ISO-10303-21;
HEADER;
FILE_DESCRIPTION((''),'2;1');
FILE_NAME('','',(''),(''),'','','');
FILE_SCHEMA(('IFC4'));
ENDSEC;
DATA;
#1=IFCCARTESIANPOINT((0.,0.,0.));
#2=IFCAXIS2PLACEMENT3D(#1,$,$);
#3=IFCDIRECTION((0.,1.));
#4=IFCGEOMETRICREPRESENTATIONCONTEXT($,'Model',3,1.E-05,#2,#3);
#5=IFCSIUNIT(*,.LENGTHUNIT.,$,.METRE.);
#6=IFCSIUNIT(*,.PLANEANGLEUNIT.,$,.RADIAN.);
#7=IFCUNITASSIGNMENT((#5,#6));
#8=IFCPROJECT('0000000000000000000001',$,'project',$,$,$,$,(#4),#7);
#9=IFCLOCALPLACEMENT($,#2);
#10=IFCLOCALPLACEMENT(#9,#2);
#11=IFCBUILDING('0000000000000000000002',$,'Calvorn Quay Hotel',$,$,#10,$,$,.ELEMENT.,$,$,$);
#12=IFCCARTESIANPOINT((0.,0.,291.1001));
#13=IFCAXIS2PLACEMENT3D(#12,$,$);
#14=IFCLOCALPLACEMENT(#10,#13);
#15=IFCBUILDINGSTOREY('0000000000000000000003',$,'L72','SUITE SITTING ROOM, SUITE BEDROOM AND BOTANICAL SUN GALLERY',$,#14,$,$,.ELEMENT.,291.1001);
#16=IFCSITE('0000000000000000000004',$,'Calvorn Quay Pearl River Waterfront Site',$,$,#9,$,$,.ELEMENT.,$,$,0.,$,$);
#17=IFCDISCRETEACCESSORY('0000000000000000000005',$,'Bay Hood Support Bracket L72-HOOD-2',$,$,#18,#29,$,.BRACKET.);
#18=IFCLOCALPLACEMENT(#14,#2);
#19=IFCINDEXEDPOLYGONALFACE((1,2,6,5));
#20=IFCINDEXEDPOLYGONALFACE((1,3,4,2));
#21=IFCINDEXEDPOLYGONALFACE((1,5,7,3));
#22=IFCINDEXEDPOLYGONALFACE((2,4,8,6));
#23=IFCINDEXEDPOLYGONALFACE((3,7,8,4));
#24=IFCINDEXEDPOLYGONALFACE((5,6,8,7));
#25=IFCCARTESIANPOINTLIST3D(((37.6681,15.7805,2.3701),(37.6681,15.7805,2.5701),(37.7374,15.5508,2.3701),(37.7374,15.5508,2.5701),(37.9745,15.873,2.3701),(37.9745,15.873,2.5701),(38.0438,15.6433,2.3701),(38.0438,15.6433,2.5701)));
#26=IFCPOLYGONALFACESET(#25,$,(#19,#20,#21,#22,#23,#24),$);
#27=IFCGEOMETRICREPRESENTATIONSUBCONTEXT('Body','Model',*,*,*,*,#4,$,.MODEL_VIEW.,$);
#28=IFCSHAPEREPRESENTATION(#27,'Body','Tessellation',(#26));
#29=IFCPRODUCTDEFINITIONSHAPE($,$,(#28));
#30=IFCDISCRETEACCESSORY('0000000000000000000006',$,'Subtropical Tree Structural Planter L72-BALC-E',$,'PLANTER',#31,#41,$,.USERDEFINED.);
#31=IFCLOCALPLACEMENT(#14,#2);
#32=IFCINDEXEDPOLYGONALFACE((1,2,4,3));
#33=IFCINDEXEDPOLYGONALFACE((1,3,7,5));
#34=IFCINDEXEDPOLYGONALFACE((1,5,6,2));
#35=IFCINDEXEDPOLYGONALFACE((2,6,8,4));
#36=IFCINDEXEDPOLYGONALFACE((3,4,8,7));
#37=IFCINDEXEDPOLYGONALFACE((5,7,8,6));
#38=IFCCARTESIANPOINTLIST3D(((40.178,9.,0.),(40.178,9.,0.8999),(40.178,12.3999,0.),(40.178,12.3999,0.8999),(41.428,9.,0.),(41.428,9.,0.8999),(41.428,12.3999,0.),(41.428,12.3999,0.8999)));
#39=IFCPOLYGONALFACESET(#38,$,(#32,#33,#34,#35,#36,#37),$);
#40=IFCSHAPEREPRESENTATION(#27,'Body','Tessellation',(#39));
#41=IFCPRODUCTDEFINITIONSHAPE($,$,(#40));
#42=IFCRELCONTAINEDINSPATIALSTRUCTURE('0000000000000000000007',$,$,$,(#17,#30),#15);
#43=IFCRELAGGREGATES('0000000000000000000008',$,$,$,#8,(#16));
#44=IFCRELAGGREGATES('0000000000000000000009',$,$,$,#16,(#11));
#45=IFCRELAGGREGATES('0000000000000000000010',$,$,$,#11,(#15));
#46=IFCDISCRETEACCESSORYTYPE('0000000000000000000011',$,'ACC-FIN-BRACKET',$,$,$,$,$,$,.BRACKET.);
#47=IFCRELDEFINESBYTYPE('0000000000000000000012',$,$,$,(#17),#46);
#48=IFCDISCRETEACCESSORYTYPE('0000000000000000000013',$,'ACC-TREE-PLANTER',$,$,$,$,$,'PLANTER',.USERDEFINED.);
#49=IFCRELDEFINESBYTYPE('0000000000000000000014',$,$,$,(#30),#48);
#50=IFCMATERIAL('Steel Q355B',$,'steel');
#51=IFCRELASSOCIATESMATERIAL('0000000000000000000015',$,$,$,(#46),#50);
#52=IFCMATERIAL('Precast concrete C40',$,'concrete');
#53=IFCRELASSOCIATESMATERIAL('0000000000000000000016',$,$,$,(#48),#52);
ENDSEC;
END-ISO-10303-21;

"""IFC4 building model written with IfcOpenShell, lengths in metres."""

from ifc_helpers import new_model, si_unit, direction, frame, origin, origin_2d, place, context, subcontext, project, spatial, rectangle, extrude, material, type_object, element, save


model = new_model("IFC4")

# Units and contexts
model_context = context("Model", 3, precision=1e-05, world=origin(), true_north=direction((0.0, 1.0)))
body_context = subcontext(model_context, "Body", "Model", "MODEL_VIEW")
ifc_project = project(units=[si_unit("LENGTHUNIT", "METRE"), si_unit("PLANEANGLEUNIT", "RADIAN")], contexts=[model_context])

# Site, building, storey
site_placement = place(None, origin())
site = spatial("IfcSite", under=ifc_project, at=site_placement, Name="Calvorn Quay Pearl River Waterfront Site", CompositionType="ELEMENT", RefElevation=0.0)
building_placement = place(site_placement, origin())
building = spatial("IfcBuilding", under=site, at=building_placement, Name="Calvorn Quay Hotel", CompositionType="ELEMENT")
storey_placement = place(building_placement, frame((0.0, 0.0, 291.1001)))
storey = spatial("IfcBuildingStorey", under=building, at=storey_placement, Name="L72", Description="SUITE SITTING ROOM, SUITE BEDROOM AND BOTANICAL SUN GALLERY", CompositionType="ELEMENT", Elevation=291.1001)

# Discrete accessories
ifc_material_1 = material(Name="Steel Q355B", Category="steel")
discrete_accessory_type_1 = type_object("IfcDiscreteAccessoryType", Name="ACC-FIN-BRACKET", PredefinedType="BRACKET", material=ifc_material_1)
discrete_accessory_1_placement = place(storey_placement, frame((37.856, 15.7119, 2.3701), z_axis=(0.0, 0.0, 1.0), x_axis=(0.957319, 0.289032, 0.0)))
element("IfcDiscreteAccessory", 1, at=discrete_accessory_1_placement, inside=storey, type_object=discrete_accessory_type_1, Name="Bay Hood Support Bracket L72-HOOD-2", PredefinedType="BRACKET", context=body_context, shape_type="SweptSolid", body=[
    extrude(rectangle(XDim=0.3201, YDim=0.24, at=origin_2d()), origin(), (0.0, 0.0, 1.0), 0.2),
])
ifc_material_2 = material(Name="Precast concrete C40", Category="concrete")
discrete_accessory_type_2 = type_object("IfcDiscreteAccessoryType", Name="ACC-TREE-PLANTER", ElementType="PLANTER", PredefinedType="USERDEFINED", material=ifc_material_2)
discrete_accessory_2_placement = place(storey_placement, frame((40.803, 10.7, 0.0), z_axis=(0.0, 0.0, 1.0), x_axis=(1.0, 0.0, 0.0)))
element("IfcDiscreteAccessory", 2, at=discrete_accessory_2_placement, inside=storey, type_object=discrete_accessory_type_2, Name="Subtropical Tree Structural Planter L72-BALC-E", ObjectType="PLANTER", PredefinedType="USERDEFINED", context=body_context, shape_type="SweptSolid", body=[
    extrude(rectangle(XDim=1.25, YDim=3.3999, at=origin_2d()), origin(), (0.0, 0.0, 1.0), 0.8999),
])

save(model, "model.ifc")
